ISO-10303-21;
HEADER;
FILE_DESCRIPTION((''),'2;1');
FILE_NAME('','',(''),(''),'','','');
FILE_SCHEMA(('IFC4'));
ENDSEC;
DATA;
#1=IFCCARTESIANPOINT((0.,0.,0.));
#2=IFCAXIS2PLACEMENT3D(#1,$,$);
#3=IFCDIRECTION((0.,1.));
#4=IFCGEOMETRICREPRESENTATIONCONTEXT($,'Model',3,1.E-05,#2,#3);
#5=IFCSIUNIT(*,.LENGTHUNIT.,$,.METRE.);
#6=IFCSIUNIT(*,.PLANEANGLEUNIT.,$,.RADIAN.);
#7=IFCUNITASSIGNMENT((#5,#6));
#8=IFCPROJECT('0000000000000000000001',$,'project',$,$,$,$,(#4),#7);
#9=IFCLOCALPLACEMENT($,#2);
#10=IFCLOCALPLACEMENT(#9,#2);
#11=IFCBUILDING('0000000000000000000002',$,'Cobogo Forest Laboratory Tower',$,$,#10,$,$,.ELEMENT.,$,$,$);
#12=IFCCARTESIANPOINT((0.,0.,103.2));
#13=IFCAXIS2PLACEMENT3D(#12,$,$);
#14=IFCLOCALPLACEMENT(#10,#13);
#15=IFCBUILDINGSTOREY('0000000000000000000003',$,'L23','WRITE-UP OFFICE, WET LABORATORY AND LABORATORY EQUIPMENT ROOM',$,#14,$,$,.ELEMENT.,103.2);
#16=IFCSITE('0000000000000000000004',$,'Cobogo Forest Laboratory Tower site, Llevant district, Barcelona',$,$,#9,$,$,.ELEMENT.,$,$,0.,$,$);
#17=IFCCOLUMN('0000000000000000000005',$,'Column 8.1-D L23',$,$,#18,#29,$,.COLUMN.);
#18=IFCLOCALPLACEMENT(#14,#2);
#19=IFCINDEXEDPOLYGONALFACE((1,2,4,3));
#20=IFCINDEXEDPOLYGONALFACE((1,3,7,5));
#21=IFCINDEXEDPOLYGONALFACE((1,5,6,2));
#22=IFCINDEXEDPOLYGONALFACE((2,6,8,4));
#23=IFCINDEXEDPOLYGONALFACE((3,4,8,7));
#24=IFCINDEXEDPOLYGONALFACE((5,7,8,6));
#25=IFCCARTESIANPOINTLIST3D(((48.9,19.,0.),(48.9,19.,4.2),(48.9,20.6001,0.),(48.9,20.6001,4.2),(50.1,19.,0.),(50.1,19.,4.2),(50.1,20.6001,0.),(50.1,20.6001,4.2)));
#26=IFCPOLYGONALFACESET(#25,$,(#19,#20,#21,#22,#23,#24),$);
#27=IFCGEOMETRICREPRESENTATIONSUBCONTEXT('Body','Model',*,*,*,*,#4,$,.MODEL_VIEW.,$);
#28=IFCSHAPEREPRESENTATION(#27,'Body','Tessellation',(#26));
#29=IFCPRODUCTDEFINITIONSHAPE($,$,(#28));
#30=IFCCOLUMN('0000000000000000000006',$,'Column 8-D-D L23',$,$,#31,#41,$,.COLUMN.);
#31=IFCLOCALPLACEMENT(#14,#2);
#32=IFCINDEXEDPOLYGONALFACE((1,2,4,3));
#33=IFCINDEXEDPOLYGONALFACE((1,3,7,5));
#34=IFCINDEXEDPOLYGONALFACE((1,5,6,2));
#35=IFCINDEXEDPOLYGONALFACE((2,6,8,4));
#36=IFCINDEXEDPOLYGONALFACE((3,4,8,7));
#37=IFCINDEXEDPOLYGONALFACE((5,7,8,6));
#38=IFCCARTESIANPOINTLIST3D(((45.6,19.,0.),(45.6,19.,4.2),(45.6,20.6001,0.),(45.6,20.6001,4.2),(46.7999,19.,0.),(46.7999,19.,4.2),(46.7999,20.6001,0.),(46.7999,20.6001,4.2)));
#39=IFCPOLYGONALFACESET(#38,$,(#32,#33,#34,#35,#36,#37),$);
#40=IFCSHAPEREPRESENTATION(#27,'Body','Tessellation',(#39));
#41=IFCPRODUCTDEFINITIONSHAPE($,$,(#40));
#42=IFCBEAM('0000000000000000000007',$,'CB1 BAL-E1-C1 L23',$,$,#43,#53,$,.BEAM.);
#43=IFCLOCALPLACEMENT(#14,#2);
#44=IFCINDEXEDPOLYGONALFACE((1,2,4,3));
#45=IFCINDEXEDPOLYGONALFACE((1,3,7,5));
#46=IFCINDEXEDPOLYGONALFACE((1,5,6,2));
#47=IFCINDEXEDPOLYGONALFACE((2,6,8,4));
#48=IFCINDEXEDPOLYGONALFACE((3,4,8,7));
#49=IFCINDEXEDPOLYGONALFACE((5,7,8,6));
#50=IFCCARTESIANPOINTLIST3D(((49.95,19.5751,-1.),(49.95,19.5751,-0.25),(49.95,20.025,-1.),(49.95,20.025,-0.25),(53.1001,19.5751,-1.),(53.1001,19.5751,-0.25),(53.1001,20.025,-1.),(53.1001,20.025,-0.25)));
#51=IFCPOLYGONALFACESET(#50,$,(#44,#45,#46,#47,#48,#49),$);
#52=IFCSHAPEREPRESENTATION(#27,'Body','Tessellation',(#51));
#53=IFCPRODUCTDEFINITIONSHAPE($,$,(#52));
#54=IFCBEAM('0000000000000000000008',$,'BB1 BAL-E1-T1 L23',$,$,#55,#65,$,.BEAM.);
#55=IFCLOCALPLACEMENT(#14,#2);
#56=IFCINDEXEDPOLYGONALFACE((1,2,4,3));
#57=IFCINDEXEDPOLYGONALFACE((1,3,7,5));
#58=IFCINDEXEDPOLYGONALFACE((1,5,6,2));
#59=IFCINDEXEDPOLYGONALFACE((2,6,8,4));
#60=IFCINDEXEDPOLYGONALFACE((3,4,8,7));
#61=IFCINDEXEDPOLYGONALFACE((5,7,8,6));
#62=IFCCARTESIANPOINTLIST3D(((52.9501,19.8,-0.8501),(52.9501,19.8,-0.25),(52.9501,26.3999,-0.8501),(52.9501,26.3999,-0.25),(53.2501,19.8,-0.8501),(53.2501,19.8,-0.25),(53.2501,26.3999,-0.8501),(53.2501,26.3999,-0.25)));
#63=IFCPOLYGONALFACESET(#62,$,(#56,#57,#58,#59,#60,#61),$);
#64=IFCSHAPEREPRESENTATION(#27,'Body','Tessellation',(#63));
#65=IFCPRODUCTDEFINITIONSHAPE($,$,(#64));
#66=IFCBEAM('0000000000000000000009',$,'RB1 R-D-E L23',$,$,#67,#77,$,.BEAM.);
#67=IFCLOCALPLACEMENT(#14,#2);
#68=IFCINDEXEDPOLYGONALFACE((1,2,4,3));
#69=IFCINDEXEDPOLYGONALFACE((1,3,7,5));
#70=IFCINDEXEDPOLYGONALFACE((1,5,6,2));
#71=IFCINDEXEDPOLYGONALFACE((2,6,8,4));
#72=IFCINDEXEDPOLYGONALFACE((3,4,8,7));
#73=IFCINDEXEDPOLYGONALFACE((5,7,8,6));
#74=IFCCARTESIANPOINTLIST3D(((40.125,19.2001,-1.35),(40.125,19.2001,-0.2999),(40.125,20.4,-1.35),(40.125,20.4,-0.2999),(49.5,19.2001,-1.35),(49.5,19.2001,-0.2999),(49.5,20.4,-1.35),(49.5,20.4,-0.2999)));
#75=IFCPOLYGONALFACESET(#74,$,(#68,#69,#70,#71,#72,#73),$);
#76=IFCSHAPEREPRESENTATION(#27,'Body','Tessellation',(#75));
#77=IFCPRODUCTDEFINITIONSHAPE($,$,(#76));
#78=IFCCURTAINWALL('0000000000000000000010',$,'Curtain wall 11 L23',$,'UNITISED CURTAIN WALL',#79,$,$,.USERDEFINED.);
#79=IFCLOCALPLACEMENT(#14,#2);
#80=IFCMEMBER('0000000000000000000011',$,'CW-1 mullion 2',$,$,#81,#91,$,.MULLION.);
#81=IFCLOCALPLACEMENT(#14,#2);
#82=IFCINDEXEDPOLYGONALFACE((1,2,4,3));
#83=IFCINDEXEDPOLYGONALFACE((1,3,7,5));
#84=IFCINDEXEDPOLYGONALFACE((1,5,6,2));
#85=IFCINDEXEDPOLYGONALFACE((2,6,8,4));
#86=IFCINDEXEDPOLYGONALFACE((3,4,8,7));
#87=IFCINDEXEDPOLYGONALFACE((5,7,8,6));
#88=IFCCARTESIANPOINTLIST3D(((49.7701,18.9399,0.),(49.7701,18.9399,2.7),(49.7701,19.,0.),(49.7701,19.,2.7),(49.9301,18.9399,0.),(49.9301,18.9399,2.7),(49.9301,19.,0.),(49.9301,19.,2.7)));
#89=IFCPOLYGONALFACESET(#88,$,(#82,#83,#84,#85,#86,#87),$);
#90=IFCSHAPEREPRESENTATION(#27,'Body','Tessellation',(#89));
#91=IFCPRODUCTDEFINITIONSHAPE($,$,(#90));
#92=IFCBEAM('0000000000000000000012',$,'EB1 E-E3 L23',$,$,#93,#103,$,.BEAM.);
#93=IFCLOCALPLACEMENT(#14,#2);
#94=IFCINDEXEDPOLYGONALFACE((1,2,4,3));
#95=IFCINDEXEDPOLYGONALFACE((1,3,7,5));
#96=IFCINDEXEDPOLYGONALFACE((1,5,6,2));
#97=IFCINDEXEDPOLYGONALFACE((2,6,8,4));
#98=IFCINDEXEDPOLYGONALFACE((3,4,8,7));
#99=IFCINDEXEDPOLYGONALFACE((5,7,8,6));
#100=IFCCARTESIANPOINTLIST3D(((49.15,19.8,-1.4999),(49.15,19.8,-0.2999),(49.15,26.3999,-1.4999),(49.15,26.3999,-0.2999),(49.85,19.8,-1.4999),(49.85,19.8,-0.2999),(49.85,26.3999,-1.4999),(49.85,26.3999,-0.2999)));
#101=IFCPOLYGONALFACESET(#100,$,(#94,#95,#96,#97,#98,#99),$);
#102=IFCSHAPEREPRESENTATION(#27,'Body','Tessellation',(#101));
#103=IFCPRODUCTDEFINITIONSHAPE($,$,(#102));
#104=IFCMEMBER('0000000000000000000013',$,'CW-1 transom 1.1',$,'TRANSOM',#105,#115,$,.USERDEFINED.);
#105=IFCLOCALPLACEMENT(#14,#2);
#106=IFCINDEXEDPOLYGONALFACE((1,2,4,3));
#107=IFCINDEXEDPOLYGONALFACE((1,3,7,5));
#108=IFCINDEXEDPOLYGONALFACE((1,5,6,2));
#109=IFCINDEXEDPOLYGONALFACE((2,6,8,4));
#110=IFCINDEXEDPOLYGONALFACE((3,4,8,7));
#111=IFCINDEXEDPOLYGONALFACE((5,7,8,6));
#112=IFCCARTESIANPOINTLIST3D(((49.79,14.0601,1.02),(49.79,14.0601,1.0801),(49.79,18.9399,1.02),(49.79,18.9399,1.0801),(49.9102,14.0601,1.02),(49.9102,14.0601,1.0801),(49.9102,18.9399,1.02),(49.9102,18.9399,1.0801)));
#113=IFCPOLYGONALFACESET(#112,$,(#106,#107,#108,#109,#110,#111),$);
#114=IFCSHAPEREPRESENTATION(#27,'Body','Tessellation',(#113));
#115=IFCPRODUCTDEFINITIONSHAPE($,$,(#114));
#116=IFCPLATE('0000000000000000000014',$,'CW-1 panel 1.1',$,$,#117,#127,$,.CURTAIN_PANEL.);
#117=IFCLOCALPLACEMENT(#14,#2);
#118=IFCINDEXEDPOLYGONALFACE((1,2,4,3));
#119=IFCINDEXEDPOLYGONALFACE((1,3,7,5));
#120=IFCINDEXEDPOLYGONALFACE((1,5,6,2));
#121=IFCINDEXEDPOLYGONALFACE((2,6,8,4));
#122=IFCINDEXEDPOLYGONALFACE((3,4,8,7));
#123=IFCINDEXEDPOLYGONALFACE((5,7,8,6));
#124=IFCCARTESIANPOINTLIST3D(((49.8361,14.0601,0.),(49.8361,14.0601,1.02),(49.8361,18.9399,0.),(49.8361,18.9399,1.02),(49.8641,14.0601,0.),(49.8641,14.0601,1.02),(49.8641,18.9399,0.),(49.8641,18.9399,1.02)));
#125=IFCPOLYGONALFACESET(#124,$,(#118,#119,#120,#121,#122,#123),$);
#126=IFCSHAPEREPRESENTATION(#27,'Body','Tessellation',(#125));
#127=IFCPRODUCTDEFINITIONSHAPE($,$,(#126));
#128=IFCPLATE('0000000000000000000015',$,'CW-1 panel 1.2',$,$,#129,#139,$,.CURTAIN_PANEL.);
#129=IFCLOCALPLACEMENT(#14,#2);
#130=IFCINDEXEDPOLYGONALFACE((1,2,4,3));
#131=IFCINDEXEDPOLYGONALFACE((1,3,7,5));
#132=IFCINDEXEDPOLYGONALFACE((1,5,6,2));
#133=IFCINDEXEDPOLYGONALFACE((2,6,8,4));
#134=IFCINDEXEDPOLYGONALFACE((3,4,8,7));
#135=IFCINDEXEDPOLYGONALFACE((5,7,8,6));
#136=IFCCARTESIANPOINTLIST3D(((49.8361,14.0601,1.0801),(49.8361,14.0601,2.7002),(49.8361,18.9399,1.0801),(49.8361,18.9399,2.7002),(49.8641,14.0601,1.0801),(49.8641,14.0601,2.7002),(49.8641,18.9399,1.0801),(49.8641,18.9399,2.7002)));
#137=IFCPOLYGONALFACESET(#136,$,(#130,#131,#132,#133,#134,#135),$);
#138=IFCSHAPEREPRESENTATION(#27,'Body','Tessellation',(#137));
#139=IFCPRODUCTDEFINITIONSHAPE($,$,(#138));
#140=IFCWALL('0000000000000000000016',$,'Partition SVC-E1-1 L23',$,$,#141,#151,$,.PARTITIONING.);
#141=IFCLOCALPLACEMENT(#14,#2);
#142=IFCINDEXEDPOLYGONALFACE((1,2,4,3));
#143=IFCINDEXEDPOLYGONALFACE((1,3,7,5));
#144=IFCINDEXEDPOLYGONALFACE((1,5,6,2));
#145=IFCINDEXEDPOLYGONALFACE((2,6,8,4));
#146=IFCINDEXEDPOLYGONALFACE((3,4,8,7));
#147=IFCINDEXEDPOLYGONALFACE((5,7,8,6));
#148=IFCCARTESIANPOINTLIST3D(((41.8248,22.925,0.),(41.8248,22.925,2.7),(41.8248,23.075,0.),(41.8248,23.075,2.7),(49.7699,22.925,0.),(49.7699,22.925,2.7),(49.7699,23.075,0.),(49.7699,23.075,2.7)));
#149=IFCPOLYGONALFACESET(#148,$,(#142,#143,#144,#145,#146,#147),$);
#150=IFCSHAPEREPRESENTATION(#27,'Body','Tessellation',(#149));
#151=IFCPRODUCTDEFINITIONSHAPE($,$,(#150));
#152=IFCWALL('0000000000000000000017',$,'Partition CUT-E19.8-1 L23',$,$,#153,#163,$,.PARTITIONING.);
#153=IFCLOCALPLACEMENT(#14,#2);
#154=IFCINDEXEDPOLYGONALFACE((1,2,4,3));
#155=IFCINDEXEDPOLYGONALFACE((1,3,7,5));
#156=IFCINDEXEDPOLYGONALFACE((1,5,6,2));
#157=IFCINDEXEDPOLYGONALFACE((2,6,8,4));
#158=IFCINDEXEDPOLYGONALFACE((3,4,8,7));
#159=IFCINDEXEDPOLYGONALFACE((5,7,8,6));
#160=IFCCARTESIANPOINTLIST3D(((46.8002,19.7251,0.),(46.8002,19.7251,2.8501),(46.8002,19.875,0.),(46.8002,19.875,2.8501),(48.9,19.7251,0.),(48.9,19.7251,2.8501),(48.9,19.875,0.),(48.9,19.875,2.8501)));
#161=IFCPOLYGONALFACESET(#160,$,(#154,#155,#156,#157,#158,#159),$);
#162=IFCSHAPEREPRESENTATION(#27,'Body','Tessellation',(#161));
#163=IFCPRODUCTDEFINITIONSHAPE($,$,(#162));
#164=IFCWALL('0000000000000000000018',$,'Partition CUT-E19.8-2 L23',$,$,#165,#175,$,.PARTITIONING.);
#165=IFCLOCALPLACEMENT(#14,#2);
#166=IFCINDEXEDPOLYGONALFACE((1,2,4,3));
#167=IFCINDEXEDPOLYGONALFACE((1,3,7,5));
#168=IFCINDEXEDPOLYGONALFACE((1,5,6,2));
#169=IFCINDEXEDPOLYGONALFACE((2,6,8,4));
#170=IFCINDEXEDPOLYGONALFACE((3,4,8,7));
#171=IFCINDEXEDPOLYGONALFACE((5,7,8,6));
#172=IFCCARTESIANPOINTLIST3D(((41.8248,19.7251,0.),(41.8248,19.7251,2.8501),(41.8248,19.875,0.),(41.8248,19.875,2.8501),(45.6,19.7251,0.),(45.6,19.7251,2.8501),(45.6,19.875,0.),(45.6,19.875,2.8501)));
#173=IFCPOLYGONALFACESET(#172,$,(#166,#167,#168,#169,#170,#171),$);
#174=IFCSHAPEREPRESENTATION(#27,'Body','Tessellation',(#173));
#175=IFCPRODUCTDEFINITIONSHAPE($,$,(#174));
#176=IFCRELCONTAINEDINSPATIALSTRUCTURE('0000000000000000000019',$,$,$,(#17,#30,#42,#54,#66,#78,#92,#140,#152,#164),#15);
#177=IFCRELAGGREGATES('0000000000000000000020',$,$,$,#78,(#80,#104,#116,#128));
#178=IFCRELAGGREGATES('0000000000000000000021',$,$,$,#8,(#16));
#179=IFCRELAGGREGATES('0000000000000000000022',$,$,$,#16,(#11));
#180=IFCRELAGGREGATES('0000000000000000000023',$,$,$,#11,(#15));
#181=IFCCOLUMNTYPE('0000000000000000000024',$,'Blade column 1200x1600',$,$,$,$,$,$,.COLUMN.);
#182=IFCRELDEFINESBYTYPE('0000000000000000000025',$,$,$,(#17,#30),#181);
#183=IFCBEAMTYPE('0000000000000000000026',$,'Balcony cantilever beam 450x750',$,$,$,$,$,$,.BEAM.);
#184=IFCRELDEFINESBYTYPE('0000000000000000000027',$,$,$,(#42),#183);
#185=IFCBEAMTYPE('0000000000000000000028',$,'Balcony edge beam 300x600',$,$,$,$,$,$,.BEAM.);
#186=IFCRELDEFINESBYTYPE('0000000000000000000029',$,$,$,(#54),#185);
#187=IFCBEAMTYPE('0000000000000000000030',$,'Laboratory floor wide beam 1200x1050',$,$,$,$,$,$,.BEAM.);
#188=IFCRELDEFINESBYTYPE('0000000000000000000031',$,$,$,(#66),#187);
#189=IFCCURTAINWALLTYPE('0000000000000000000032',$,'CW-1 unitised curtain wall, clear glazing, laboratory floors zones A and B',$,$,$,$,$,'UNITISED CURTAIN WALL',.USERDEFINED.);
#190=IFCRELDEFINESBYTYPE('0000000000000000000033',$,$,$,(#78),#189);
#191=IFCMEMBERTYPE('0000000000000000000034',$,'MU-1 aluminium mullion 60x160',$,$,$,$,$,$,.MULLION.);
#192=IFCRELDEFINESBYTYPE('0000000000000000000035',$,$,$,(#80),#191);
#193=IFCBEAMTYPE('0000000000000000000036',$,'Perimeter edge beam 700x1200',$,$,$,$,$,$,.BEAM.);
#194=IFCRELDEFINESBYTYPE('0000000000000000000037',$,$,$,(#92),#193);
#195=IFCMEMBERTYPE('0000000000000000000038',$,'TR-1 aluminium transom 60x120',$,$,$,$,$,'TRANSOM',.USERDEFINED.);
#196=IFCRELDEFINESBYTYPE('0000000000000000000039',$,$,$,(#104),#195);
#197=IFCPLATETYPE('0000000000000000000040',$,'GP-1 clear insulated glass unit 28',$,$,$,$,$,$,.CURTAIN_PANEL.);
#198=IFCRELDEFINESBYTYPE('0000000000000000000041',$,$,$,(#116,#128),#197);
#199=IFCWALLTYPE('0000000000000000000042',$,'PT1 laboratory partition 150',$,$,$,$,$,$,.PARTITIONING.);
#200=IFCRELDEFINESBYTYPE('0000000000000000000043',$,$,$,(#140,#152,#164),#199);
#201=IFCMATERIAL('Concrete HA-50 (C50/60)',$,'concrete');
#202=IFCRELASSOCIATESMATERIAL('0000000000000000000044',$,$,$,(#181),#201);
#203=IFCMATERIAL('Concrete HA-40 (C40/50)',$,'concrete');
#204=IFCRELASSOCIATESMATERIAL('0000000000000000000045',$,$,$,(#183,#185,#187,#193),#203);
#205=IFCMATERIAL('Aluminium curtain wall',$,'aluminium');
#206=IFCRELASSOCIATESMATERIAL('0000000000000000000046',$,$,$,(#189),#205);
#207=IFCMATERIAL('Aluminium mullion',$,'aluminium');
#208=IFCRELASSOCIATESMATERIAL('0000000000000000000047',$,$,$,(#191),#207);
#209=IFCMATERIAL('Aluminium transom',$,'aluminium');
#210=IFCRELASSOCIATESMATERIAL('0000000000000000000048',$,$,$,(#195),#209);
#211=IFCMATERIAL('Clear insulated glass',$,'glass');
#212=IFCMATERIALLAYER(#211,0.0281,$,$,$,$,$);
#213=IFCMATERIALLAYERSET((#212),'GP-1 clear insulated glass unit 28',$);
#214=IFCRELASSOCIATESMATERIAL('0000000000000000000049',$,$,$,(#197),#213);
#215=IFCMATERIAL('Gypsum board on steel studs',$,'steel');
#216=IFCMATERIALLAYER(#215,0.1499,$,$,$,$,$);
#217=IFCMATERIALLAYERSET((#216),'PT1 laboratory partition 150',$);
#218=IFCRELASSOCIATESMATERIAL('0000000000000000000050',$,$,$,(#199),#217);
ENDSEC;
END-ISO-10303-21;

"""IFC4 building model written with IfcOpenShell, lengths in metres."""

from ifc_helpers import new_model, si_unit, direction, frame, frame_2d, origin, origin_2d, place, context, subcontext, project, spatial, rectangle, extrude, material, layer, layer_set, material_profile, profile_set, type_object, element, aggregate, save


model = new_model("IFC4")

# Units and contexts
model_context = context("Model", 3, precision=1e-05, world=origin(), true_north=direction((0.0, 1.0)))
body_context = subcontext(model_context, "Body", "Model", "MODEL_VIEW")
ifc_project = project(units=[si_unit("LENGTHUNIT", "METRE"), si_unit("PLANEANGLEUNIT", "RADIAN")], contexts=[model_context])

# Site, building, storey
site_placement = place(None, origin())
site = spatial("IfcSite", under=ifc_project, at=site_placement, Name="Cobogo Forest Laboratory Tower site, Llevant district, Barcelona", CompositionType="ELEMENT", RefElevation=0.0)
building_placement = place(site_placement, origin())
building = spatial("IfcBuilding", under=site, at=building_placement, Name="Cobogo Forest Laboratory Tower", CompositionType="ELEMENT")
storey_placement = place(building_placement, frame((0.0, 0.0, 103.2)))
storey = spatial("IfcBuildingStorey", under=building, at=storey_placement, Name="L23", Description="WRITE-UP OFFICE, WET LABORATORY AND LABORATORY EQUIPMENT ROOM", CompositionType="ELEMENT", Elevation=103.2)

# Columns
ifc_material_1 = material(Name="Concrete HA-50 (C50/60)", Category="concrete")
ifc_material_profile_1 = material_profile(ifc_material_1, rectangle(XDim=1.6001, YDim=1.2, at=origin_2d()), Name="RC 1200x1600")
ifc_profile_set_1 = profile_set([ifc_material_profile_1], Name="Concrete HA-50 (C50/60)")
column_type = type_object("IfcColumnType", Name="Blade column 1200x1600", PredefinedType="COLUMN", material=ifc_profile_set_1)
for number, where, z_axis, x_axis, name in (
    (1, (49.5, 19.8, 0.0), (0.0, 0.0, 1.0), (0.0, 1.0, 0.0), "Column 8.1-D L23"),
    (2, (46.2, 19.8, 0.0), (0.0, 0.0, 1.0), (0.0, 1.0, 0.0), "Column 8-D-D L23"),
):
    element("IfcColumn", number, at=place(storey_placement, frame(where, z_axis=z_axis, x_axis=x_axis)), inside=storey, type_object=column_type, Name=name, PredefinedType="COLUMN", context=body_context, shape_type="SweptSolid", body=[
        extrude(rectangle(XDim=1.6001, YDim=1.2, at=origin_2d()), origin(), (0.0, 0.0, 1.0), 4.2),
    ])

# Beams
ifc_material_2 = material(Name="Concrete HA-40 (C40/50)", Category="concrete")
ifc_material_profile_2 = material_profile(ifc_material_2, rectangle(XDim=0.45, YDim=0.75, at=origin_2d()), Name="RC 450x750")
ifc_profile_set_2 = profile_set([ifc_material_profile_2], Name="Concrete HA-40 (C40/50)")
beam_type_1 = type_object("IfcBeamType", Name="Balcony cantilever beam 450x750", PredefinedType="BEAM", material=ifc_profile_set_2)
beam_1_placement = place(storey_placement, frame((49.95, 19.8, -0.625), z_axis=(1.0, 0.0, 0.0), x_axis=(0.0, 1.0, 0.0)))
element("IfcBeam", 3, at=beam_1_placement, inside=storey, type_object=beam_type_1, Name="CB1 BAL-E1-C1 L23", PredefinedType="BEAM", context=body_context, shape_type="SweptSolid", body=[
    extrude(rectangle(XDim=0.45, YDim=0.75, at=origin_2d()), origin(), (0.0, 0.0, 1.0), 3.1501),
])
ifc_material_profile_3 = material_profile(ifc_material_2, rectangle(XDim=0.3, YDim=0.6001, at=origin_2d()), Name="RC 300x600")
ifc_profile_set_3 = profile_set([ifc_material_profile_3], Name="Concrete HA-40 (C40/50)")
beam_type_2 = type_object("IfcBeamType", Name="Balcony edge beam 300x600", PredefinedType="BEAM", material=ifc_profile_set_3)
beam_2_placement = place(storey_placement, frame((53.1001, 19.8, -0.55), z_axis=(0.0, 1.0, 0.0), x_axis=(-1.0, 0.0, 0.0)))
element("IfcBeam", 4, at=beam_2_placement, inside=storey, type_object=beam_type_2, Name="BB1 BAL-E1-T1 L23", PredefinedType="BEAM", context=body_context, shape_type="SweptSolid", body=[
    extrude(rectangle(XDim=0.3, YDim=0.6001, at=origin_2d()), origin(), (0.0, 0.0, 1.0), 6.5999),
])
ifc_material_profile_4 = material_profile(ifc_material_2, rectangle(XDim=1.2, YDim=1.05, at=origin_2d()), Name="RC 1200x1050")
ifc_profile_set_4 = profile_set([ifc_material_profile_4], Name="Concrete HA-40 (C40/50)")
beam_type_3 = type_object("IfcBeamType", Name="Laboratory floor wide beam 1200x1050", PredefinedType="BEAM", material=ifc_profile_set_4)
beam_3_placement = place(storey_placement, frame((40.125, 19.8, -0.825), z_axis=(1.0, 0.0, 0.0), x_axis=(0.0, 1.0, 0.0)))
element("IfcBeam", 5, at=beam_3_placement, inside=storey, type_object=beam_type_3, Name="RB1 R-D-E L23", PredefinedType="BEAM", context=body_context, shape_type="SweptSolid", body=[
    extrude(rectangle(XDim=1.2, YDim=1.05, at=origin_2d()), origin(), (0.0, 0.0, 1.0), 9.375),
])

# Curtain wall, member
ifc_material_3 = material(Name="Aluminium curtain wall", Category="aluminium")
curtain_wall_type = type_object("IfcCurtainWallType", Name="CW-1 unitised curtain wall, clear glazing, laboratory floors zones A and B", ElementType="UNITISED CURTAIN WALL", PredefinedType="USERDEFINED", material=ifc_material_3)
curtain_wall_placement = place(storey_placement, origin())
curtain_wall = element("IfcCurtainWall", 6, at=curtain_wall_placement, inside=storey, type_object=curtain_wall_type, Name="Curtain wall 11 L23", ObjectType="UNITISED CURTAIN WALL", PredefinedType="USERDEFINED")
ifc_material_4 = material(Name="Aluminium mullion", Category="aluminium")
ifc_material_profile_5 = material_profile(ifc_material_4, rectangle(XDim=0.0601, YDim=0.1599, at=origin_2d()), Name="AL 60x160")
ifc_profile_set_5 = profile_set([ifc_material_profile_5], Name="Aluminium mullion")
member_type_1 = type_object("IfcMemberType", Name="MU-1 aluminium mullion 60x160", PredefinedType="MULLION", material=ifc_profile_set_5)
member_1_placement = place(storey_placement, frame((49.8501, 18.97, 0.0), z_axis=(0.0, 0.0, 1.0), x_axis=(0.0, 1.0, 0.0)))
member_1 = element("IfcMember", 7, at=member_1_placement, type_object=member_type_1, Name="CW-1 mullion 2", PredefinedType="MULLION", context=body_context, shape_type="SweptSolid", body=[
    extrude(rectangle(XDim=0.0601, YDim=0.1599, at=origin_2d()), origin(), (0.0, 0.0, 1.0), 2.7),
])

# Beam
ifc_material_profile_6 = material_profile(ifc_material_2, rectangle(XDim=0.7, YDim=1.2, at=origin_2d()), Name="RC 700x1200")
ifc_profile_set_6 = profile_set([ifc_material_profile_6], Name="Concrete HA-40 (C40/50)")
beam_type_4 = type_object("IfcBeamType", Name="Perimeter edge beam 700x1200", PredefinedType="BEAM", material=ifc_profile_set_6)
beam_4_placement = place(storey_placement, frame((49.5, 19.8, -0.8999), z_axis=(0.0, 1.0, 0.0), x_axis=(-1.0, 0.0, 0.0)))
element("IfcBeam", 8, at=beam_4_placement, inside=storey, type_object=beam_type_4, Name="EB1 E-E3 L23", PredefinedType="BEAM", context=body_context, shape_type="SweptSolid", body=[
    extrude(rectangle(XDim=0.7, YDim=1.2, at=origin_2d()), origin(), (0.0, 0.0, 1.0), 6.5999),
])

# Member
ifc_material_5 = material(Name="Aluminium transom", Category="aluminium")
ifc_material_profile_7 = material_profile(ifc_material_5, rectangle(XDim=0.1201, YDim=0.0601, at=origin_2d()), Name="AL 60x120")
ifc_profile_set_7 = profile_set([ifc_material_profile_7], Name="Aluminium transom")
member_type_2 = type_object("IfcMemberType", Name="TR-1 aluminium transom 60x120", ElementType="TRANSOM", PredefinedType="USERDEFINED", material=ifc_profile_set_7)
member_2_placement = place(storey_placement, frame((49.8501, 14.0601, 1.05), z_axis=(0.0, 1.0, 0.0), x_axis=(-1.0, 0.0, 0.0)))
member_2 = element("IfcMember", 9, at=member_2_placement, type_object=member_type_2, Name="CW-1 transom 1.1", ObjectType="TRANSOM", PredefinedType="USERDEFINED", context=body_context, shape_type="SweptSolid", body=[
    extrude(rectangle(XDim=0.1201, YDim=0.0601, at=origin_2d()), origin(), (0.0, 0.0, 1.0), 4.8799),
])

# Plates
ifc_material_6 = material(Name="Clear insulated glass", Category="glass")
ifc_layer_1 = layer(ifc_material_6, 0.0281)
ifc_layer_set_1 = layer_set([ifc_layer_1], Name="GP-1 clear insulated glass unit 28")
plate_type = type_object("IfcPlateType", Name="GP-1 clear insulated glass unit 28", PredefinedType="CURTAIN_PANEL", material=ifc_layer_set_1)
plate_1_placement = place(storey_placement, frame((49.8501, 16.5, 0.0), z_axis=(0.0, 0.0, 1.0), x_axis=(0.0, 1.0, 0.0)))
plate_1 = element("IfcPlate", 10, at=plate_1_placement, type_object=plate_type, Name="CW-1 panel 1.1", PredefinedType="CURTAIN_PANEL", context=body_context, shape_type="SweptSolid", body=[
    extrude(rectangle(XDim=4.8799, YDim=0.0281, at=origin_2d()), origin(), (0.0, 0.0, 1.0), 1.02),
])
plate_2_placement = place(storey_placement, frame((49.8501, 16.5, 1.0801), z_axis=(0.0, 0.0, 1.0), x_axis=(0.0, 1.0, 0.0)))
plate_2 = element("IfcPlate", 11, at=plate_2_placement, type_object=plate_type, Name="CW-1 panel 1.2", PredefinedType="CURTAIN_PANEL", context=body_context, shape_type="SweptSolid", body=[
    extrude(rectangle(XDim=4.8799, YDim=0.0281, at=origin_2d()), origin(), (0.0, 0.0, 1.0), 1.6201),
])
aggregate(curtain_wall, [member_1, member_2, plate_1, plate_2])

# Walls
ifc_material_7 = material(Name="Gypsum board on steel studs", Category="steel")
ifc_layer_2 = layer(ifc_material_7, 0.1499)
ifc_layer_set_2 = layer_set([ifc_layer_2], Name="PT1 laboratory partition 150")
wall_type_1 = type_object("IfcWallType", Name="PT1 laboratory partition 150", PredefinedType="PARTITIONING", material=ifc_layer_set_2)
wall_1_placement = place(storey_placement, frame((49.77, 23.0, 0.0), z_axis=(0.0, 0.0, 1.0), x_axis=(-1.0, 0.0, 0.0)))
element("IfcWall", 12, at=wall_1_placement, inside=storey, type_object=wall_type_1, Name="Partition SVC-E1-1 L23", PredefinedType="PARTITIONING", context=body_context, shape_type="SweptSolid", body=[
    extrude(rectangle(XDim=7.9451, YDim=0.1499, at=frame_2d((3.9727, 0.0))), origin(), (0.0, 0.0, 1.0), 2.7),
])
wall_2_placement = place(storey_placement, frame((48.8999, 19.8, 0.0), z_axis=(0.0, 0.0, 1.0), x_axis=(-1.0, 0.0, 0.0)))
element("IfcWall", 13, at=wall_2_placement, inside=storey, type_object=wall_type_1, Name="Partition CUT-E19.8-1 L23", PredefinedType="PARTITIONING", context=body_context, shape_type="SweptSolid", body=[
    extrude(rectangle(XDim=2.0999, YDim=0.1499, at=frame_2d((1.0498, 0.0))), origin(), (0.0, 0.0, 1.0), 2.8501),
])
wall_3_placement = place(storey_placement, frame((45.6001, 19.8, 0.0), z_axis=(0.0, 0.0, 1.0), x_axis=(-1.0, 0.0, 0.0)))
element("IfcWall", 14, at=wall_3_placement, inside=storey, type_object=wall_type_1, Name="Partition CUT-E19.8-2 L23", PredefinedType="PARTITIONING", context=body_context, shape_type="SweptSolid", body=[
    extrude(rectangle(XDim=3.7751, YDim=0.1499, at=frame_2d((1.8877, 0.0))), origin(), (0.0, 0.0, 1.0), 2.8501),
])

save(model, "model.ifc")
